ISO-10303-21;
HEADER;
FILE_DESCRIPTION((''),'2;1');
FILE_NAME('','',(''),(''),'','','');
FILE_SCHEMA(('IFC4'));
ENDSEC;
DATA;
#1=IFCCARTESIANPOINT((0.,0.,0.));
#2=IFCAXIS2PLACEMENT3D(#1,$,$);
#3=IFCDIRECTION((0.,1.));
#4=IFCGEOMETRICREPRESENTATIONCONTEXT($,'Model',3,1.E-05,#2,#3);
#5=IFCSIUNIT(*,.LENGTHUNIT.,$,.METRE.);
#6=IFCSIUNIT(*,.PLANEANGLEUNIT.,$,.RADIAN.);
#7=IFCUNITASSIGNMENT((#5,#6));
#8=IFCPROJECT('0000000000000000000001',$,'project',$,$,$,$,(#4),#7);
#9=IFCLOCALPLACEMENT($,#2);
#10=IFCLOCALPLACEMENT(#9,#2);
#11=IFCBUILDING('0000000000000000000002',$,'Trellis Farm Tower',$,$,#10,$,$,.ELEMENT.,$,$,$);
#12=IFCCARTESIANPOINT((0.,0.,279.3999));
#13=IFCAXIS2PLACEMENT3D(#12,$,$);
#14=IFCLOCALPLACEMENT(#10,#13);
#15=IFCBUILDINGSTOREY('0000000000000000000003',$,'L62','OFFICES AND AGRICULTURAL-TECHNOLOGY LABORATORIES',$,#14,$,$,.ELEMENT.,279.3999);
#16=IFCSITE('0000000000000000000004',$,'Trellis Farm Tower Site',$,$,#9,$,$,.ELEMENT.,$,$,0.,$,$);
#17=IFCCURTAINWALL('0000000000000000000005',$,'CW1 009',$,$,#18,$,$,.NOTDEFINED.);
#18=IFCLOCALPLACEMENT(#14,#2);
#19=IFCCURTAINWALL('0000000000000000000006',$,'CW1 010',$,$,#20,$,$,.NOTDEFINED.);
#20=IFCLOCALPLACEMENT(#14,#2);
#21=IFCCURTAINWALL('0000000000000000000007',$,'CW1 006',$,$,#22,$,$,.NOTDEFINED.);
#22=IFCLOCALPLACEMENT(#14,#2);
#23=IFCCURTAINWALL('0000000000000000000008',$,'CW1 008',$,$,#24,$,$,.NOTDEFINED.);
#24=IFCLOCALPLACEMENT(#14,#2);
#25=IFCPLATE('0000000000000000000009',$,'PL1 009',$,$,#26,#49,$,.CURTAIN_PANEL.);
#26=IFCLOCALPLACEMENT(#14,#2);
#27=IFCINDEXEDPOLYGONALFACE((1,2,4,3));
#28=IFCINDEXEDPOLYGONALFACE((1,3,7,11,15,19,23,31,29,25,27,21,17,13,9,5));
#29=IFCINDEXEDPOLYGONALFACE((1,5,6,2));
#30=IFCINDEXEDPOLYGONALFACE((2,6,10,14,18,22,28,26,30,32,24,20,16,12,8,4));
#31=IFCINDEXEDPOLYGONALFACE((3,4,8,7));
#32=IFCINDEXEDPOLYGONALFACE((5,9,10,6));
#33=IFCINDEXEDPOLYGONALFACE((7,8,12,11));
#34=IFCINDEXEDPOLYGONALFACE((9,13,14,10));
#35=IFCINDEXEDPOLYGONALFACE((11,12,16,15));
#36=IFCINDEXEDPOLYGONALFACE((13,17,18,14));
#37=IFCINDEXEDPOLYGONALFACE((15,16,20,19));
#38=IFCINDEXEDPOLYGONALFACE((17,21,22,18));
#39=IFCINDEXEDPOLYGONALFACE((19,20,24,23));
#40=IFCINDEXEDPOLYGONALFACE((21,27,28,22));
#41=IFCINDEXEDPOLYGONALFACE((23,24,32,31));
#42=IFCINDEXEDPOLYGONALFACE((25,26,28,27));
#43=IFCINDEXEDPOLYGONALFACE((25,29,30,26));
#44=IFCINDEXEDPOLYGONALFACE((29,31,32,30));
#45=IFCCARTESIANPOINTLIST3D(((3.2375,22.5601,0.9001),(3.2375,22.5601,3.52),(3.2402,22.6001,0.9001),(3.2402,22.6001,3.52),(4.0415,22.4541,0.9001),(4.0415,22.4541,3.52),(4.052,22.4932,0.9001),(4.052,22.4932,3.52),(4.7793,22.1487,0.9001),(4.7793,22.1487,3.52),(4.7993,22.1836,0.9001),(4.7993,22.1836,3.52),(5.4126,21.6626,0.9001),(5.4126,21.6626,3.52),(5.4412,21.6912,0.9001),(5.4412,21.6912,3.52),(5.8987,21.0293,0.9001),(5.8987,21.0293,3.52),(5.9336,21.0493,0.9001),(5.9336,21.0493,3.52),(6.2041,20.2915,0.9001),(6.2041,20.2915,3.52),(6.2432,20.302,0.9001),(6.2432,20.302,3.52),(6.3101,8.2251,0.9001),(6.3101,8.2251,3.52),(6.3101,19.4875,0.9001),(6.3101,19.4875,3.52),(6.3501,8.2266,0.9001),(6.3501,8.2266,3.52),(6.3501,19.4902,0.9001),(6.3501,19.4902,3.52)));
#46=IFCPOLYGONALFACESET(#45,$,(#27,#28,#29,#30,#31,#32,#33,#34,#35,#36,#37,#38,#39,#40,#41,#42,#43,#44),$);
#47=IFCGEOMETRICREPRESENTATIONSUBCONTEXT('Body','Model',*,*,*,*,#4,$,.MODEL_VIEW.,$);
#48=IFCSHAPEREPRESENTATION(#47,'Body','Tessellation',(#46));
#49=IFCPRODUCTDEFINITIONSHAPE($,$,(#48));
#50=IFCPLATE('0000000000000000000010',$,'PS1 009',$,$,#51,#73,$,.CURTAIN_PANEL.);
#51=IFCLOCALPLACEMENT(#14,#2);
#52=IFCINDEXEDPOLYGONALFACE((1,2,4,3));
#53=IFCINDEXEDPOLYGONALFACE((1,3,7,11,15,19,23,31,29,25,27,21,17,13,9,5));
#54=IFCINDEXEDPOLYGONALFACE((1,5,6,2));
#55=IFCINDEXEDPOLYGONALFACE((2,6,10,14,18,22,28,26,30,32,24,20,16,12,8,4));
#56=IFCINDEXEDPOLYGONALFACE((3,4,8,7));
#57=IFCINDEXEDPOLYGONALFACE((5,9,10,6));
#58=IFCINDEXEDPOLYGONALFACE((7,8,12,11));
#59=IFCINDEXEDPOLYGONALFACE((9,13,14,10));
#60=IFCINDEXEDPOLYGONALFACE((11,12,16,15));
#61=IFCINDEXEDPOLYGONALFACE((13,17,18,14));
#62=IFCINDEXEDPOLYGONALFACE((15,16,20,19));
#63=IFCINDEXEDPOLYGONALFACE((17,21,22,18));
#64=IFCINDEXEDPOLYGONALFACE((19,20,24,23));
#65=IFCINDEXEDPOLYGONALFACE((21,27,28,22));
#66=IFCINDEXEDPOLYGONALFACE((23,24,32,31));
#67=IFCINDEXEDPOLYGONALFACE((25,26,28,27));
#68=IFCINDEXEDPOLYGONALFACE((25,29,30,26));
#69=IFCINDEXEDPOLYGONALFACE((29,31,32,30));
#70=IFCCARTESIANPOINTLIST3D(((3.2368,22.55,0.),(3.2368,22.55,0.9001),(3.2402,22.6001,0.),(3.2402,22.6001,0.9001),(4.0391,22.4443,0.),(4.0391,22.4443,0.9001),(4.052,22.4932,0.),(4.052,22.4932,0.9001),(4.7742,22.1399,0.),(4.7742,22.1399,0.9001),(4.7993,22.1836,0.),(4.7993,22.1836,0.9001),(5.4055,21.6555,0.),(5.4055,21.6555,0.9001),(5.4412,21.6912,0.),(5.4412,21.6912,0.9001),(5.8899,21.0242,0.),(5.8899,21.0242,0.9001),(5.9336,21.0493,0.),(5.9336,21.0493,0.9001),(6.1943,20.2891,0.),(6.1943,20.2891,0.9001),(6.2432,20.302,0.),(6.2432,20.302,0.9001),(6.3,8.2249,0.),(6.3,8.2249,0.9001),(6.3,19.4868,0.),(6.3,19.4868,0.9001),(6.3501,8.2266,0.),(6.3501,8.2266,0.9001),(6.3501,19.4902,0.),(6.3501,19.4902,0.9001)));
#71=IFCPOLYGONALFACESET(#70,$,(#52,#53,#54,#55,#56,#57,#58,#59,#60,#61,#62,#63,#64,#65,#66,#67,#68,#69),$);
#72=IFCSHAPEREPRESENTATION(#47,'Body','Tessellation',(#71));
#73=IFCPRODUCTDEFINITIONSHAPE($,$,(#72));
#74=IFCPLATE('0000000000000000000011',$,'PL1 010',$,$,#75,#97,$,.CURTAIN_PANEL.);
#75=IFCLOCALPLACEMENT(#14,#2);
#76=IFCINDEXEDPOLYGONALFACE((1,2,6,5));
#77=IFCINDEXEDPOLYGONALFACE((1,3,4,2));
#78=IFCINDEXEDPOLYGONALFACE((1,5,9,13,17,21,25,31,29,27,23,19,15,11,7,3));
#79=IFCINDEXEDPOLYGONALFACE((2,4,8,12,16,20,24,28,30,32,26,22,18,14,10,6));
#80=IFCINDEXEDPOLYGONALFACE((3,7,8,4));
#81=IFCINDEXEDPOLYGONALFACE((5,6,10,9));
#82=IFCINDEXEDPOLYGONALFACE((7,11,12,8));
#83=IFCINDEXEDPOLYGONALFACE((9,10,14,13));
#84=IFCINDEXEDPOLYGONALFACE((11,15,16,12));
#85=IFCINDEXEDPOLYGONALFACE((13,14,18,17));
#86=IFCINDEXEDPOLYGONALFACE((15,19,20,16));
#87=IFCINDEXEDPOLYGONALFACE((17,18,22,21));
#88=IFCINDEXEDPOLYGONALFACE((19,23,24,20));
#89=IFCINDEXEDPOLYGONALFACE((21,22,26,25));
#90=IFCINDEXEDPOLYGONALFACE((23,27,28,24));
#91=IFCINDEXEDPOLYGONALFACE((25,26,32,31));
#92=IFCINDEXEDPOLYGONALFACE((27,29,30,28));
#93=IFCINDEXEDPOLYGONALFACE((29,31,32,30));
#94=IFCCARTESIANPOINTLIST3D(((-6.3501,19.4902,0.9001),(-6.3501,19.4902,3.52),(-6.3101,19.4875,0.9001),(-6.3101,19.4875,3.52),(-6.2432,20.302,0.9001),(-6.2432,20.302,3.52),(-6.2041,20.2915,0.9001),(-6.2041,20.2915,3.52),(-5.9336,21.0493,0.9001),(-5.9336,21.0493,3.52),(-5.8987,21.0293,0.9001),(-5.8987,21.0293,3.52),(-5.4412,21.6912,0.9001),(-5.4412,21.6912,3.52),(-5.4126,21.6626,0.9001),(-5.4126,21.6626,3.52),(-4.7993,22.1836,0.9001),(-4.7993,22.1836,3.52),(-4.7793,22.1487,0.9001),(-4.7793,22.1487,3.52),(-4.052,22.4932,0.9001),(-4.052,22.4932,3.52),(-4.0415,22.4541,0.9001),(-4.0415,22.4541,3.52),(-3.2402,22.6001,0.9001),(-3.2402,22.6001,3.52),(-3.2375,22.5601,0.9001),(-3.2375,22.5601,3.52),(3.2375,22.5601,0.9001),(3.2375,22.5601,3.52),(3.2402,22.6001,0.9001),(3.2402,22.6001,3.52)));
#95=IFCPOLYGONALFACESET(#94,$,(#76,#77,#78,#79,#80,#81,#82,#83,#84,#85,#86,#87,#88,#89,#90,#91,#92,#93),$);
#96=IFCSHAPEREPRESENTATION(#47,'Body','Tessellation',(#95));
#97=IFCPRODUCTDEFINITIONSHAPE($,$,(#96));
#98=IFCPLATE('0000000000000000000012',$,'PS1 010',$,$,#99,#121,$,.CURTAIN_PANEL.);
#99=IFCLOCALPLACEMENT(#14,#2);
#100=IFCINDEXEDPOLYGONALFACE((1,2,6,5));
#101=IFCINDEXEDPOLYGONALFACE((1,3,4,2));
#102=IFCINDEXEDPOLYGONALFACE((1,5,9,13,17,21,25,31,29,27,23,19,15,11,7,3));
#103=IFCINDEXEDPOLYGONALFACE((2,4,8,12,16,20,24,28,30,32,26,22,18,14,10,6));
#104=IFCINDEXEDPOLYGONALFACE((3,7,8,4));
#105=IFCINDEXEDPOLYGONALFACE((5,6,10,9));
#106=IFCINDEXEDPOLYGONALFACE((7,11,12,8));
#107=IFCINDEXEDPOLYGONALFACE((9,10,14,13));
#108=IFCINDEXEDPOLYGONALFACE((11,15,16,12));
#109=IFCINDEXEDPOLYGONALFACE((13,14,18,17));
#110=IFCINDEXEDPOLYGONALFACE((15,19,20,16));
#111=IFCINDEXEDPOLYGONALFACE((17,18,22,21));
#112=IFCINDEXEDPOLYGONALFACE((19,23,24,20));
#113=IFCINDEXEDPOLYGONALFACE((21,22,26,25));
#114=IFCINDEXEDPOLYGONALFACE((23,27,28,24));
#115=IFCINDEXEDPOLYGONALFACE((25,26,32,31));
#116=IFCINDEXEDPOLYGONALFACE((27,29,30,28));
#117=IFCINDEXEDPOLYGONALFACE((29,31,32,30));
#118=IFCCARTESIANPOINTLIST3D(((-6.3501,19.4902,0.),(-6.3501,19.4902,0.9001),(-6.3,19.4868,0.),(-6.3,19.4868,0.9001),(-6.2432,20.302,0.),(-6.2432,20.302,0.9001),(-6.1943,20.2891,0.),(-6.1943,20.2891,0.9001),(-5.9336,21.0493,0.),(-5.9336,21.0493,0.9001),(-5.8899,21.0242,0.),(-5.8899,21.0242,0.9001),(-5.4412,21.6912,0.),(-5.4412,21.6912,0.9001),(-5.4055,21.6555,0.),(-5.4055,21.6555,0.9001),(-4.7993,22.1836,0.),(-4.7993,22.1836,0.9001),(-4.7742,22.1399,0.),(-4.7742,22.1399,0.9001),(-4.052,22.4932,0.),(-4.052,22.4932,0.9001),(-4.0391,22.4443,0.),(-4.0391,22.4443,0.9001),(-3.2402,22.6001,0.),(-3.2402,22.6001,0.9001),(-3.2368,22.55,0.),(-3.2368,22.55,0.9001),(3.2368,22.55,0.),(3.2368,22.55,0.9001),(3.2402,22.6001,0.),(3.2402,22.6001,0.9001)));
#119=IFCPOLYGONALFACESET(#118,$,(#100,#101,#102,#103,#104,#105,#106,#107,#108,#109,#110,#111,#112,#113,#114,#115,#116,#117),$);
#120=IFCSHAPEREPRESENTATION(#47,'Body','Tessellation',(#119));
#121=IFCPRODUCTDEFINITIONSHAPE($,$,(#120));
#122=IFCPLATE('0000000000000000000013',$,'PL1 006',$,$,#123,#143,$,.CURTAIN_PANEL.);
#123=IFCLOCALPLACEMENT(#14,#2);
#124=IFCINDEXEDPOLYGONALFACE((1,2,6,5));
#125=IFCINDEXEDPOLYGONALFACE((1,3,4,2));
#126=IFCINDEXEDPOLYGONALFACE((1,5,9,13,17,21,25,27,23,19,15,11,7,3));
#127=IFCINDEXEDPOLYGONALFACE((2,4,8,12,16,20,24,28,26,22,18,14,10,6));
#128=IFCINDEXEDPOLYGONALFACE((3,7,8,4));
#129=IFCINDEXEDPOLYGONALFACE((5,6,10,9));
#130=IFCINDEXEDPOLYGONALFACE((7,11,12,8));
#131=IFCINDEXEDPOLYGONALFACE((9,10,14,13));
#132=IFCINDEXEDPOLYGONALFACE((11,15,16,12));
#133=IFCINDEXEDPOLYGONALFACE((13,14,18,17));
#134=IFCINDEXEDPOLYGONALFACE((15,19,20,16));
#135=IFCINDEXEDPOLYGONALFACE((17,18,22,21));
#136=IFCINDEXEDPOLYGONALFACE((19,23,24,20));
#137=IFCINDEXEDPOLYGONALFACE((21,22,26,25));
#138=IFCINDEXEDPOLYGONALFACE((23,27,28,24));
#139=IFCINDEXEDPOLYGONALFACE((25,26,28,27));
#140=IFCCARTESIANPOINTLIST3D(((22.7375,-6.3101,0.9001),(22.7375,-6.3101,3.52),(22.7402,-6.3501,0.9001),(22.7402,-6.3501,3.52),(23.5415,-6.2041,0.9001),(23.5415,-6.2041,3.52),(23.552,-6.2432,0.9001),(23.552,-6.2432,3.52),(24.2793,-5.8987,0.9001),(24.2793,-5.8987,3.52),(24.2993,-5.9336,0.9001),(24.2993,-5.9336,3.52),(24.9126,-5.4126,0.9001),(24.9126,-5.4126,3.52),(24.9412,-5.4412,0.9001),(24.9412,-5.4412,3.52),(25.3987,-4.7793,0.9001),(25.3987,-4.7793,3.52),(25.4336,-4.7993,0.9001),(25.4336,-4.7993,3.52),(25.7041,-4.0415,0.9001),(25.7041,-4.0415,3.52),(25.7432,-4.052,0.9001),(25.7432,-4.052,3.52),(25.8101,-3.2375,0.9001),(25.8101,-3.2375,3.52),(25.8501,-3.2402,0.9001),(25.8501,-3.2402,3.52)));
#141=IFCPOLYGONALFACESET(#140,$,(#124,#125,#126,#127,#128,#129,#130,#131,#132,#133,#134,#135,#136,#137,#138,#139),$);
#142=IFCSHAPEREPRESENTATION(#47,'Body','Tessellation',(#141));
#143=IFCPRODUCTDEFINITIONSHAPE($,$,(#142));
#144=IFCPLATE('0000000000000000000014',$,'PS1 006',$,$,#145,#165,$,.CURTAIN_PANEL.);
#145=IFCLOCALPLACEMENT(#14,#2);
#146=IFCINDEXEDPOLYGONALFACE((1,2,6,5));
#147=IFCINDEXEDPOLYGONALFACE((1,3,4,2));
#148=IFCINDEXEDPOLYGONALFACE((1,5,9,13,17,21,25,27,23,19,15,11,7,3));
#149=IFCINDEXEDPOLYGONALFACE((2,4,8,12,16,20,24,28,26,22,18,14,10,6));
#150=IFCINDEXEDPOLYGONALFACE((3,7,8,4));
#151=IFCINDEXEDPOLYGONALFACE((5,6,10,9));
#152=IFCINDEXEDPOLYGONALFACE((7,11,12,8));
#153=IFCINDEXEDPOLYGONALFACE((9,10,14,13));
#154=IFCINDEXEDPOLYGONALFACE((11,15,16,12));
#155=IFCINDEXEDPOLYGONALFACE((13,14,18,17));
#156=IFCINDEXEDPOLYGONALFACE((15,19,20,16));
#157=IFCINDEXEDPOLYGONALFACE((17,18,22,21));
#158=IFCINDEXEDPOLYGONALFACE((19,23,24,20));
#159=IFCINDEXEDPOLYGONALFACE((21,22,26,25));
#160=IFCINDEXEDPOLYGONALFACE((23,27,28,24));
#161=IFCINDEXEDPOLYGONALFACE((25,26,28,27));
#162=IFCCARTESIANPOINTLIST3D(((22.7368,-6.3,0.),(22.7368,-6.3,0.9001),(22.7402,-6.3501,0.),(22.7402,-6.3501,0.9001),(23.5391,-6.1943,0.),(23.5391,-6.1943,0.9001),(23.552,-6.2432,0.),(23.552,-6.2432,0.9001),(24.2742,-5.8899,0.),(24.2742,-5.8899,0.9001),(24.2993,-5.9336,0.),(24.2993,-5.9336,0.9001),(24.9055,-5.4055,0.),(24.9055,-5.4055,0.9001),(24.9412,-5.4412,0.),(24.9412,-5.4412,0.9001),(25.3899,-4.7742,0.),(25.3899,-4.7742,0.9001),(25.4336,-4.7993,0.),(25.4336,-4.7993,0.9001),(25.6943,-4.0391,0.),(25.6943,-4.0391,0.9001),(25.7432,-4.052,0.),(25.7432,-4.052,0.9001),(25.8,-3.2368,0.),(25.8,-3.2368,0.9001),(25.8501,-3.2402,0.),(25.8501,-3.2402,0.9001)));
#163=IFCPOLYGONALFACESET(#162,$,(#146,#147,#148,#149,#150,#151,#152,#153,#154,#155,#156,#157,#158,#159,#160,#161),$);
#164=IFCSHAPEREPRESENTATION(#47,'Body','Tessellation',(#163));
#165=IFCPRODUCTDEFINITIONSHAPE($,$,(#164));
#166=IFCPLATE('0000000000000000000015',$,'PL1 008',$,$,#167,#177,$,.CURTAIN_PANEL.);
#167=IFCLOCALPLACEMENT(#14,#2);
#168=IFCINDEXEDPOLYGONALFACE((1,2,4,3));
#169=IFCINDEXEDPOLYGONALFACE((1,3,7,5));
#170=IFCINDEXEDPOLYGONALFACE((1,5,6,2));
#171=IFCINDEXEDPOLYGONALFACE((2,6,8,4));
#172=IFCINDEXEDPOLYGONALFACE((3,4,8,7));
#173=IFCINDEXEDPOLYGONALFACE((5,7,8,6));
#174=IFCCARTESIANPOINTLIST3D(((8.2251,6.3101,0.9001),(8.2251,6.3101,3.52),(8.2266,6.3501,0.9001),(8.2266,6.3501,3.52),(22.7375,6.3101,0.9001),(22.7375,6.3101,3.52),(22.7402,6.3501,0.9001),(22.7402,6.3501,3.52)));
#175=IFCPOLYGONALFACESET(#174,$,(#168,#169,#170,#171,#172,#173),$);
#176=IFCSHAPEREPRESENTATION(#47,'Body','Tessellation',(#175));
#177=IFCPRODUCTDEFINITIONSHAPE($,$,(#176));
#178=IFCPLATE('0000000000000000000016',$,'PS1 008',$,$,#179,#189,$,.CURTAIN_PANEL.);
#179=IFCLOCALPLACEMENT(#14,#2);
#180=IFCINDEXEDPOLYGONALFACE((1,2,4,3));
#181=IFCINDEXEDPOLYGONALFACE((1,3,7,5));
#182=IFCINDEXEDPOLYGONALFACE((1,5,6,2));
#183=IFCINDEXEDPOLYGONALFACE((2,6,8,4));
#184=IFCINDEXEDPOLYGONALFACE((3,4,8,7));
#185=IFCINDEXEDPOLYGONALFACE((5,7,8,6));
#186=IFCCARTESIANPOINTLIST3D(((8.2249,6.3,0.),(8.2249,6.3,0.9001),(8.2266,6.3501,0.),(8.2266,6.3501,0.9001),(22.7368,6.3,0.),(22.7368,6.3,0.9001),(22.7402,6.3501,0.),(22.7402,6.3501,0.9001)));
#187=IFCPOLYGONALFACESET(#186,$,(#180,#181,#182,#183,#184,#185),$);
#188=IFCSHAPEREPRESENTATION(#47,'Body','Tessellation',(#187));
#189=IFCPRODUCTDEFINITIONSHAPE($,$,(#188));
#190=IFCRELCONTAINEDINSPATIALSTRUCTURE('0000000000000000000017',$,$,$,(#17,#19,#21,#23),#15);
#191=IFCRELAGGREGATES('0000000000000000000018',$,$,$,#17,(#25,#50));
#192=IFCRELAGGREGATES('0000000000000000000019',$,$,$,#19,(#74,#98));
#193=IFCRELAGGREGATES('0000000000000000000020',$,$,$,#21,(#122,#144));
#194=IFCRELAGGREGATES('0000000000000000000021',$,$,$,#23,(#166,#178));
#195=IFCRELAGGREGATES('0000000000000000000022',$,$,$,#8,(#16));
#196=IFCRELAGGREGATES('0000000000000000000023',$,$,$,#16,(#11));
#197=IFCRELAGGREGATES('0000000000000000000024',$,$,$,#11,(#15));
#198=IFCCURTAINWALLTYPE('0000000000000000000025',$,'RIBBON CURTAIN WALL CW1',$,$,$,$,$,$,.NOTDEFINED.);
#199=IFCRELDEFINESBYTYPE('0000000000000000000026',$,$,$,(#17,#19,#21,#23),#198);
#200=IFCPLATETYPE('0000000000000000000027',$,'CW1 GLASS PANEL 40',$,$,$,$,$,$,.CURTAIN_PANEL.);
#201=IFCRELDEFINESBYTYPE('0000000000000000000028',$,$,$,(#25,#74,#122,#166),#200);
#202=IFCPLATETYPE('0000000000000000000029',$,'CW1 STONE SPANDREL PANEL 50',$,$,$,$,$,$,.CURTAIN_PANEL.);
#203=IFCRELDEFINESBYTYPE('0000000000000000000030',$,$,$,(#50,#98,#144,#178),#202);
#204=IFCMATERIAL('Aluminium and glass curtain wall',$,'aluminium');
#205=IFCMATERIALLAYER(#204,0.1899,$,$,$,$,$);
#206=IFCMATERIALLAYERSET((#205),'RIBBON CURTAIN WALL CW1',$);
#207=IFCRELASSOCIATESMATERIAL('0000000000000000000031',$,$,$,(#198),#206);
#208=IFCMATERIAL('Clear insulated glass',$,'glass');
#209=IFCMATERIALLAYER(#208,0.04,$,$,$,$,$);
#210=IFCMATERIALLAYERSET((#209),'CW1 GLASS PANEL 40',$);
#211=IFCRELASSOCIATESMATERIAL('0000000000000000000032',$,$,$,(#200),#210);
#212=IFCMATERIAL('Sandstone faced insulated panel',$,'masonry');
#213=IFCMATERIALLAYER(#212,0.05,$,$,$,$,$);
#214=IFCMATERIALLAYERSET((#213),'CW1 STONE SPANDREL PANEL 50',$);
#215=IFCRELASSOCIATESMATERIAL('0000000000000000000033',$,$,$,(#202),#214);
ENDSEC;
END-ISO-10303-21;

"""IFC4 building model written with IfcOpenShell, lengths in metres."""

from ifc_helpers import new_model, si_unit, direction, frame, origin, place, context, subcontext, project, spatial, polyline, outline, extrude, source, transform, mapped, material, layer, layer_set, type_object, element, aggregate, save


model = new_model("IFC4")

# Units and contexts
model_context = context("Model", 3, precision=1e-05, world=origin(), true_north=direction((0.0, 1.0)))
body_context = subcontext(model_context, "Body", "Model", "MODEL_VIEW")
ifc_project = project(units=[si_unit("LENGTHUNIT", "METRE"), si_unit("PLANEANGLEUNIT", "RADIAN")], contexts=[model_context])

# Site, building, storey
site_placement = place(None, origin())
site = spatial("IfcSite", under=ifc_project, at=site_placement, Name="Trellis Farm Tower Site", CompositionType="ELEMENT", RefElevation=0.0)
building_placement = place(site_placement, origin())
building = spatial("IfcBuilding", under=site, at=building_placement, Name="Trellis Farm Tower", CompositionType="ELEMENT")
storey_placement = place(building_placement, frame((0.0, 0.0, 279.3999)))
storey = spatial("IfcBuildingStorey", under=building, at=storey_placement, Name="L62", Description="OFFICES AND AGRICULTURAL-TECHNOLOGY LABORATORIES", CompositionType="ELEMENT", Elevation=279.3999)

# Curtain walls
ifc_material_1 = material(Name="Aluminium and glass curtain wall", Category="aluminium")
placement_1 = place(storey_placement, origin())
ifc_layer_1 = layer(ifc_material_1, 0.1899)
ifc_layer_set_1 = layer_set([ifc_layer_1], Name="RIBBON CURTAIN WALL CW1")
curtain_wall_type_1 = type_object("IfcCurtainWallType", Name="RIBBON CURTAIN WALL CW1", PredefinedType="NOTDEFINED", material=ifc_layer_set_1)
curtain_wall_1 = element("IfcCurtainWall", 1, at=placement_1, inside=storey, type_object=curtain_wall_type_1, Name="CW1 009", PredefinedType="NOTDEFINED")
curtain_wall_2 = element("IfcCurtainWall", 2, at=placement_1, inside=storey, type_object=curtain_wall_type_1, Name="CW1 010", PredefinedType="NOTDEFINED")
curtain_wall_3 = element("IfcCurtainWall", 3, at=placement_1, inside=storey, type_object=curtain_wall_type_1, Name="CW1 006", PredefinedType="NOTDEFINED")
curtain_wall_4 = element("IfcCurtainWall", 4, at=placement_1, inside=storey, type_object=curtain_wall_type_1, Name="CW1 008", PredefinedType="NOTDEFINED")

# Plates
ifc_material_2 = material(Name="Clear insulated glass", Category="glass")
ifc_layer_2 = layer(ifc_material_2, 0.04)
ifc_layer_set_2 = layer_set([ifc_layer_2], Name="CW1 GLASS PANEL 40")
plate_type_1 = type_object("IfcPlateType", Name="CW1 GLASS PANEL 40", PredefinedType="CURTAIN_PANEL", material=ifc_layer_set_2)
shared_shape_1 = source(origin(), body_context, "Body", "SweptSolid", [
    extrude(outline(polyline([(6.3501, 8.2266), (6.3501, 19.4902), (6.2432, 20.302), (5.9336, 21.0493), (5.4412, 21.6912), (4.7993, 22.1836), (4.052, 22.4932), (3.2402, 22.6001), (3.2375, 22.5601), (4.0415, 22.4541), (4.7793, 22.1487), (5.4126, 21.6626), (5.8987, 21.0293), (6.2041, 20.2915), (6.3101, 19.4875), (6.3101, 8.2251), (6.3501, 8.2266)])), origin(), (0.0, 0.0, 1.0), 2.6199),
])
placement_2 = place(storey_placement, frame((0.0, 0.0, 0.9001)))
plate_1 = element("IfcPlate", 5, at=placement_2, type_object=plate_type_1, Name="PL1 009", PredefinedType="CURTAIN_PANEL", context=body_context, shape_type="MappedRepresentation", body=[
    mapped(shared_shape_1, transform((0.0, 0.0, 0.0))),
])
ifc_material_3 = material(Name="Sandstone faced insulated panel", Category="masonry")
ifc_layer_3 = layer(ifc_material_3, 0.05)
ifc_layer_set_3 = layer_set([ifc_layer_3], Name="CW1 STONE SPANDREL PANEL 50")
plate_type_2 = type_object("IfcPlateType", Name="CW1 STONE SPANDREL PANEL 50", PredefinedType="CURTAIN_PANEL", material=ifc_layer_set_3)
shared_shape_2 = source(origin(), body_context, "Body", "SweptSolid", [
    extrude(outline(polyline([(6.3501, 8.2266), (6.3501, 19.4902), (6.2432, 20.302), (5.9336, 21.0493), (5.4412, 21.6912), (4.7993, 22.1836), (4.052, 22.4932), (3.2402, 22.6001), (3.2368, 22.55), (4.0391, 22.4443), (4.7742, 22.1399), (5.4055, 21.6555), (5.8899, 21.0242), (6.1943, 20.2891), (6.3, 19.4868), (6.3, 8.2249), (6.3501, 8.2266)])), origin(), (0.0, 0.0, 1.0), 0.9001),
])
plate_2 = element("IfcPlate", 6, at=placement_1, type_object=plate_type_2, Name="PS1 009", PredefinedType="CURTAIN_PANEL", context=body_context, shape_type="MappedRepresentation", body=[
    mapped(shared_shape_2, transform((0.0, 0.0, 0.0))),
])
aggregate(curtain_wall_1, [plate_1, plate_2])
shared_shape_3 = source(origin(), body_context, "Body", "SweptSolid", [
    extrude(outline(polyline([(3.2402, 22.6001), (-3.2402, 22.6001), (-4.052, 22.4932), (-4.7993, 22.1836), (-5.4412, 21.6912), (-5.9336, 21.0493), (-6.2432, 20.302), (-6.3501, 19.4902), (-6.3101, 19.4875), (-6.2041, 20.2915), (-5.8987, 21.0293), (-5.4126, 21.6626), (-4.7793, 22.1487), (-4.0415, 22.4541), (-3.2375, 22.5601), (3.2375, 22.5601), (3.2402, 22.6001)])), origin(), (0.0, 0.0, 1.0), 2.6199),
])
plate_3 = element("IfcPlate", 7, at=placement_2, type_object=plate_type_1, Name="PL1 010", PredefinedType="CURTAIN_PANEL", context=body_context, shape_type="MappedRepresentation", body=[
    mapped(shared_shape_3, transform((0.0, 0.0, 0.0))),
])
shared_shape_4 = source(origin(), body_context, "Body", "SweptSolid", [
    extrude(outline(polyline([(3.2402, 22.6001), (-3.2402, 22.6001), (-4.052, 22.4932), (-4.7993, 22.1836), (-5.4412, 21.6912), (-5.9336, 21.0493), (-6.2432, 20.302), (-6.3501, 19.4902), (-6.3, 19.4868), (-6.1943, 20.2891), (-5.8899, 21.0242), (-5.4055, 21.6555), (-4.7742, 22.1399), (-4.0391, 22.4443), (-3.2368, 22.55), (3.2368, 22.55), (3.2402, 22.6001)])), origin(), (0.0, 0.0, 1.0), 0.9001),
])
plate_4 = element("IfcPlate", 8, at=placement_1, type_object=plate_type_2, Name="PS1 010", PredefinedType="CURTAIN_PANEL", context=body_context, shape_type="MappedRepresentation", body=[
    mapped(shared_shape_4, transform((0.0, 0.0, 0.0))),
])
aggregate(curtain_wall_2, [plate_3, plate_4])
shared_shape_5 = source(origin(), body_context, "Body", "SweptSolid", [
    extrude(outline(polyline([(22.7402, -6.3501), (23.552, -6.2432), (24.2993, -5.9336), (24.9412, -5.4412), (25.4336, -4.7993), (25.7432, -4.052), (25.8501, -3.2402), (25.8101, -3.2375), (25.7041, -4.0415), (25.3987, -4.7793), (24.9126, -5.4126), (24.2793, -5.8987), (23.5415, -6.2041), (22.7375, -6.3101), (22.7402, -6.3501)])), origin(), (0.0, 0.0, 1.0), 2.6199),
])
plate_5 = element("IfcPlate", 9, at=placement_2, type_object=plate_type_1, Name="PL1 006", PredefinedType="CURTAIN_PANEL", context=body_context, shape_type="MappedRepresentation", body=[
    mapped(shared_shape_5, transform((0.0, 0.0, 0.0))),
])
shared_shape_6 = source(origin(), body_context, "Body", "SweptSolid", [
    extrude(outline(polyline([(22.7402, -6.3501), (23.552, -6.2432), (24.2993, -5.9336), (24.9412, -5.4412), (25.4336, -4.7993), (25.7432, -4.052), (25.8501, -3.2402), (25.8, -3.2368), (25.6943, -4.0391), (25.3899, -4.7742), (24.9055, -5.4055), (24.2742, -5.8899), (23.5391, -6.1943), (22.7368, -6.3), (22.7402, -6.3501)])), origin(), (0.0, 0.0, 1.0), 0.9001),
])
plate_6 = element("IfcPlate", 10, at=placement_1, type_object=plate_type_2, Name="PS1 006", PredefinedType="CURTAIN_PANEL", context=body_context, shape_type="MappedRepresentation", body=[
    mapped(shared_shape_6, transform((0.0, 0.0, 0.0))),
])
aggregate(curtain_wall_3, [plate_5, plate_6])
shared_shape_7 = source(origin(), body_context, "Body", "SweptSolid", [
    extrude(outline(polyline([(22.7402, 6.3501), (8.2266, 6.3501), (8.2251, 6.3101), (22.7375, 6.3101), (22.7402, 6.3501)])), origin(), (0.0, 0.0, 1.0), 2.6199),
])
plate_7 = element("IfcPlate", 11, at=placement_2, type_object=plate_type_1, Name="PL1 008", PredefinedType="CURTAIN_PANEL", context=body_context, shape_type="MappedRepresentation", body=[
    mapped(shared_shape_7, transform((0.0, 0.0, 0.0))),
])
shared_shape_8 = source(origin(), body_context, "Body", "SweptSolid", [
    extrude(outline(polyline([(22.7402, 6.3501), (8.2266, 6.3501), (8.2249, 6.3), (22.7368, 6.3), (22.7402, 6.3501)])), origin(), (0.0, 0.0, 1.0), 0.9001),
])
plate_8 = element("IfcPlate", 12, at=placement_1, type_object=plate_type_2, Name="PS1 008", PredefinedType="CURTAIN_PANEL", context=body_context, shape_type="MappedRepresentation", body=[
    mapped(shared_shape_8, transform((0.0, 0.0, 0.0))),
])
aggregate(curtain_wall_4, [plate_7, plate_8])

save(model, "model.ifc")
